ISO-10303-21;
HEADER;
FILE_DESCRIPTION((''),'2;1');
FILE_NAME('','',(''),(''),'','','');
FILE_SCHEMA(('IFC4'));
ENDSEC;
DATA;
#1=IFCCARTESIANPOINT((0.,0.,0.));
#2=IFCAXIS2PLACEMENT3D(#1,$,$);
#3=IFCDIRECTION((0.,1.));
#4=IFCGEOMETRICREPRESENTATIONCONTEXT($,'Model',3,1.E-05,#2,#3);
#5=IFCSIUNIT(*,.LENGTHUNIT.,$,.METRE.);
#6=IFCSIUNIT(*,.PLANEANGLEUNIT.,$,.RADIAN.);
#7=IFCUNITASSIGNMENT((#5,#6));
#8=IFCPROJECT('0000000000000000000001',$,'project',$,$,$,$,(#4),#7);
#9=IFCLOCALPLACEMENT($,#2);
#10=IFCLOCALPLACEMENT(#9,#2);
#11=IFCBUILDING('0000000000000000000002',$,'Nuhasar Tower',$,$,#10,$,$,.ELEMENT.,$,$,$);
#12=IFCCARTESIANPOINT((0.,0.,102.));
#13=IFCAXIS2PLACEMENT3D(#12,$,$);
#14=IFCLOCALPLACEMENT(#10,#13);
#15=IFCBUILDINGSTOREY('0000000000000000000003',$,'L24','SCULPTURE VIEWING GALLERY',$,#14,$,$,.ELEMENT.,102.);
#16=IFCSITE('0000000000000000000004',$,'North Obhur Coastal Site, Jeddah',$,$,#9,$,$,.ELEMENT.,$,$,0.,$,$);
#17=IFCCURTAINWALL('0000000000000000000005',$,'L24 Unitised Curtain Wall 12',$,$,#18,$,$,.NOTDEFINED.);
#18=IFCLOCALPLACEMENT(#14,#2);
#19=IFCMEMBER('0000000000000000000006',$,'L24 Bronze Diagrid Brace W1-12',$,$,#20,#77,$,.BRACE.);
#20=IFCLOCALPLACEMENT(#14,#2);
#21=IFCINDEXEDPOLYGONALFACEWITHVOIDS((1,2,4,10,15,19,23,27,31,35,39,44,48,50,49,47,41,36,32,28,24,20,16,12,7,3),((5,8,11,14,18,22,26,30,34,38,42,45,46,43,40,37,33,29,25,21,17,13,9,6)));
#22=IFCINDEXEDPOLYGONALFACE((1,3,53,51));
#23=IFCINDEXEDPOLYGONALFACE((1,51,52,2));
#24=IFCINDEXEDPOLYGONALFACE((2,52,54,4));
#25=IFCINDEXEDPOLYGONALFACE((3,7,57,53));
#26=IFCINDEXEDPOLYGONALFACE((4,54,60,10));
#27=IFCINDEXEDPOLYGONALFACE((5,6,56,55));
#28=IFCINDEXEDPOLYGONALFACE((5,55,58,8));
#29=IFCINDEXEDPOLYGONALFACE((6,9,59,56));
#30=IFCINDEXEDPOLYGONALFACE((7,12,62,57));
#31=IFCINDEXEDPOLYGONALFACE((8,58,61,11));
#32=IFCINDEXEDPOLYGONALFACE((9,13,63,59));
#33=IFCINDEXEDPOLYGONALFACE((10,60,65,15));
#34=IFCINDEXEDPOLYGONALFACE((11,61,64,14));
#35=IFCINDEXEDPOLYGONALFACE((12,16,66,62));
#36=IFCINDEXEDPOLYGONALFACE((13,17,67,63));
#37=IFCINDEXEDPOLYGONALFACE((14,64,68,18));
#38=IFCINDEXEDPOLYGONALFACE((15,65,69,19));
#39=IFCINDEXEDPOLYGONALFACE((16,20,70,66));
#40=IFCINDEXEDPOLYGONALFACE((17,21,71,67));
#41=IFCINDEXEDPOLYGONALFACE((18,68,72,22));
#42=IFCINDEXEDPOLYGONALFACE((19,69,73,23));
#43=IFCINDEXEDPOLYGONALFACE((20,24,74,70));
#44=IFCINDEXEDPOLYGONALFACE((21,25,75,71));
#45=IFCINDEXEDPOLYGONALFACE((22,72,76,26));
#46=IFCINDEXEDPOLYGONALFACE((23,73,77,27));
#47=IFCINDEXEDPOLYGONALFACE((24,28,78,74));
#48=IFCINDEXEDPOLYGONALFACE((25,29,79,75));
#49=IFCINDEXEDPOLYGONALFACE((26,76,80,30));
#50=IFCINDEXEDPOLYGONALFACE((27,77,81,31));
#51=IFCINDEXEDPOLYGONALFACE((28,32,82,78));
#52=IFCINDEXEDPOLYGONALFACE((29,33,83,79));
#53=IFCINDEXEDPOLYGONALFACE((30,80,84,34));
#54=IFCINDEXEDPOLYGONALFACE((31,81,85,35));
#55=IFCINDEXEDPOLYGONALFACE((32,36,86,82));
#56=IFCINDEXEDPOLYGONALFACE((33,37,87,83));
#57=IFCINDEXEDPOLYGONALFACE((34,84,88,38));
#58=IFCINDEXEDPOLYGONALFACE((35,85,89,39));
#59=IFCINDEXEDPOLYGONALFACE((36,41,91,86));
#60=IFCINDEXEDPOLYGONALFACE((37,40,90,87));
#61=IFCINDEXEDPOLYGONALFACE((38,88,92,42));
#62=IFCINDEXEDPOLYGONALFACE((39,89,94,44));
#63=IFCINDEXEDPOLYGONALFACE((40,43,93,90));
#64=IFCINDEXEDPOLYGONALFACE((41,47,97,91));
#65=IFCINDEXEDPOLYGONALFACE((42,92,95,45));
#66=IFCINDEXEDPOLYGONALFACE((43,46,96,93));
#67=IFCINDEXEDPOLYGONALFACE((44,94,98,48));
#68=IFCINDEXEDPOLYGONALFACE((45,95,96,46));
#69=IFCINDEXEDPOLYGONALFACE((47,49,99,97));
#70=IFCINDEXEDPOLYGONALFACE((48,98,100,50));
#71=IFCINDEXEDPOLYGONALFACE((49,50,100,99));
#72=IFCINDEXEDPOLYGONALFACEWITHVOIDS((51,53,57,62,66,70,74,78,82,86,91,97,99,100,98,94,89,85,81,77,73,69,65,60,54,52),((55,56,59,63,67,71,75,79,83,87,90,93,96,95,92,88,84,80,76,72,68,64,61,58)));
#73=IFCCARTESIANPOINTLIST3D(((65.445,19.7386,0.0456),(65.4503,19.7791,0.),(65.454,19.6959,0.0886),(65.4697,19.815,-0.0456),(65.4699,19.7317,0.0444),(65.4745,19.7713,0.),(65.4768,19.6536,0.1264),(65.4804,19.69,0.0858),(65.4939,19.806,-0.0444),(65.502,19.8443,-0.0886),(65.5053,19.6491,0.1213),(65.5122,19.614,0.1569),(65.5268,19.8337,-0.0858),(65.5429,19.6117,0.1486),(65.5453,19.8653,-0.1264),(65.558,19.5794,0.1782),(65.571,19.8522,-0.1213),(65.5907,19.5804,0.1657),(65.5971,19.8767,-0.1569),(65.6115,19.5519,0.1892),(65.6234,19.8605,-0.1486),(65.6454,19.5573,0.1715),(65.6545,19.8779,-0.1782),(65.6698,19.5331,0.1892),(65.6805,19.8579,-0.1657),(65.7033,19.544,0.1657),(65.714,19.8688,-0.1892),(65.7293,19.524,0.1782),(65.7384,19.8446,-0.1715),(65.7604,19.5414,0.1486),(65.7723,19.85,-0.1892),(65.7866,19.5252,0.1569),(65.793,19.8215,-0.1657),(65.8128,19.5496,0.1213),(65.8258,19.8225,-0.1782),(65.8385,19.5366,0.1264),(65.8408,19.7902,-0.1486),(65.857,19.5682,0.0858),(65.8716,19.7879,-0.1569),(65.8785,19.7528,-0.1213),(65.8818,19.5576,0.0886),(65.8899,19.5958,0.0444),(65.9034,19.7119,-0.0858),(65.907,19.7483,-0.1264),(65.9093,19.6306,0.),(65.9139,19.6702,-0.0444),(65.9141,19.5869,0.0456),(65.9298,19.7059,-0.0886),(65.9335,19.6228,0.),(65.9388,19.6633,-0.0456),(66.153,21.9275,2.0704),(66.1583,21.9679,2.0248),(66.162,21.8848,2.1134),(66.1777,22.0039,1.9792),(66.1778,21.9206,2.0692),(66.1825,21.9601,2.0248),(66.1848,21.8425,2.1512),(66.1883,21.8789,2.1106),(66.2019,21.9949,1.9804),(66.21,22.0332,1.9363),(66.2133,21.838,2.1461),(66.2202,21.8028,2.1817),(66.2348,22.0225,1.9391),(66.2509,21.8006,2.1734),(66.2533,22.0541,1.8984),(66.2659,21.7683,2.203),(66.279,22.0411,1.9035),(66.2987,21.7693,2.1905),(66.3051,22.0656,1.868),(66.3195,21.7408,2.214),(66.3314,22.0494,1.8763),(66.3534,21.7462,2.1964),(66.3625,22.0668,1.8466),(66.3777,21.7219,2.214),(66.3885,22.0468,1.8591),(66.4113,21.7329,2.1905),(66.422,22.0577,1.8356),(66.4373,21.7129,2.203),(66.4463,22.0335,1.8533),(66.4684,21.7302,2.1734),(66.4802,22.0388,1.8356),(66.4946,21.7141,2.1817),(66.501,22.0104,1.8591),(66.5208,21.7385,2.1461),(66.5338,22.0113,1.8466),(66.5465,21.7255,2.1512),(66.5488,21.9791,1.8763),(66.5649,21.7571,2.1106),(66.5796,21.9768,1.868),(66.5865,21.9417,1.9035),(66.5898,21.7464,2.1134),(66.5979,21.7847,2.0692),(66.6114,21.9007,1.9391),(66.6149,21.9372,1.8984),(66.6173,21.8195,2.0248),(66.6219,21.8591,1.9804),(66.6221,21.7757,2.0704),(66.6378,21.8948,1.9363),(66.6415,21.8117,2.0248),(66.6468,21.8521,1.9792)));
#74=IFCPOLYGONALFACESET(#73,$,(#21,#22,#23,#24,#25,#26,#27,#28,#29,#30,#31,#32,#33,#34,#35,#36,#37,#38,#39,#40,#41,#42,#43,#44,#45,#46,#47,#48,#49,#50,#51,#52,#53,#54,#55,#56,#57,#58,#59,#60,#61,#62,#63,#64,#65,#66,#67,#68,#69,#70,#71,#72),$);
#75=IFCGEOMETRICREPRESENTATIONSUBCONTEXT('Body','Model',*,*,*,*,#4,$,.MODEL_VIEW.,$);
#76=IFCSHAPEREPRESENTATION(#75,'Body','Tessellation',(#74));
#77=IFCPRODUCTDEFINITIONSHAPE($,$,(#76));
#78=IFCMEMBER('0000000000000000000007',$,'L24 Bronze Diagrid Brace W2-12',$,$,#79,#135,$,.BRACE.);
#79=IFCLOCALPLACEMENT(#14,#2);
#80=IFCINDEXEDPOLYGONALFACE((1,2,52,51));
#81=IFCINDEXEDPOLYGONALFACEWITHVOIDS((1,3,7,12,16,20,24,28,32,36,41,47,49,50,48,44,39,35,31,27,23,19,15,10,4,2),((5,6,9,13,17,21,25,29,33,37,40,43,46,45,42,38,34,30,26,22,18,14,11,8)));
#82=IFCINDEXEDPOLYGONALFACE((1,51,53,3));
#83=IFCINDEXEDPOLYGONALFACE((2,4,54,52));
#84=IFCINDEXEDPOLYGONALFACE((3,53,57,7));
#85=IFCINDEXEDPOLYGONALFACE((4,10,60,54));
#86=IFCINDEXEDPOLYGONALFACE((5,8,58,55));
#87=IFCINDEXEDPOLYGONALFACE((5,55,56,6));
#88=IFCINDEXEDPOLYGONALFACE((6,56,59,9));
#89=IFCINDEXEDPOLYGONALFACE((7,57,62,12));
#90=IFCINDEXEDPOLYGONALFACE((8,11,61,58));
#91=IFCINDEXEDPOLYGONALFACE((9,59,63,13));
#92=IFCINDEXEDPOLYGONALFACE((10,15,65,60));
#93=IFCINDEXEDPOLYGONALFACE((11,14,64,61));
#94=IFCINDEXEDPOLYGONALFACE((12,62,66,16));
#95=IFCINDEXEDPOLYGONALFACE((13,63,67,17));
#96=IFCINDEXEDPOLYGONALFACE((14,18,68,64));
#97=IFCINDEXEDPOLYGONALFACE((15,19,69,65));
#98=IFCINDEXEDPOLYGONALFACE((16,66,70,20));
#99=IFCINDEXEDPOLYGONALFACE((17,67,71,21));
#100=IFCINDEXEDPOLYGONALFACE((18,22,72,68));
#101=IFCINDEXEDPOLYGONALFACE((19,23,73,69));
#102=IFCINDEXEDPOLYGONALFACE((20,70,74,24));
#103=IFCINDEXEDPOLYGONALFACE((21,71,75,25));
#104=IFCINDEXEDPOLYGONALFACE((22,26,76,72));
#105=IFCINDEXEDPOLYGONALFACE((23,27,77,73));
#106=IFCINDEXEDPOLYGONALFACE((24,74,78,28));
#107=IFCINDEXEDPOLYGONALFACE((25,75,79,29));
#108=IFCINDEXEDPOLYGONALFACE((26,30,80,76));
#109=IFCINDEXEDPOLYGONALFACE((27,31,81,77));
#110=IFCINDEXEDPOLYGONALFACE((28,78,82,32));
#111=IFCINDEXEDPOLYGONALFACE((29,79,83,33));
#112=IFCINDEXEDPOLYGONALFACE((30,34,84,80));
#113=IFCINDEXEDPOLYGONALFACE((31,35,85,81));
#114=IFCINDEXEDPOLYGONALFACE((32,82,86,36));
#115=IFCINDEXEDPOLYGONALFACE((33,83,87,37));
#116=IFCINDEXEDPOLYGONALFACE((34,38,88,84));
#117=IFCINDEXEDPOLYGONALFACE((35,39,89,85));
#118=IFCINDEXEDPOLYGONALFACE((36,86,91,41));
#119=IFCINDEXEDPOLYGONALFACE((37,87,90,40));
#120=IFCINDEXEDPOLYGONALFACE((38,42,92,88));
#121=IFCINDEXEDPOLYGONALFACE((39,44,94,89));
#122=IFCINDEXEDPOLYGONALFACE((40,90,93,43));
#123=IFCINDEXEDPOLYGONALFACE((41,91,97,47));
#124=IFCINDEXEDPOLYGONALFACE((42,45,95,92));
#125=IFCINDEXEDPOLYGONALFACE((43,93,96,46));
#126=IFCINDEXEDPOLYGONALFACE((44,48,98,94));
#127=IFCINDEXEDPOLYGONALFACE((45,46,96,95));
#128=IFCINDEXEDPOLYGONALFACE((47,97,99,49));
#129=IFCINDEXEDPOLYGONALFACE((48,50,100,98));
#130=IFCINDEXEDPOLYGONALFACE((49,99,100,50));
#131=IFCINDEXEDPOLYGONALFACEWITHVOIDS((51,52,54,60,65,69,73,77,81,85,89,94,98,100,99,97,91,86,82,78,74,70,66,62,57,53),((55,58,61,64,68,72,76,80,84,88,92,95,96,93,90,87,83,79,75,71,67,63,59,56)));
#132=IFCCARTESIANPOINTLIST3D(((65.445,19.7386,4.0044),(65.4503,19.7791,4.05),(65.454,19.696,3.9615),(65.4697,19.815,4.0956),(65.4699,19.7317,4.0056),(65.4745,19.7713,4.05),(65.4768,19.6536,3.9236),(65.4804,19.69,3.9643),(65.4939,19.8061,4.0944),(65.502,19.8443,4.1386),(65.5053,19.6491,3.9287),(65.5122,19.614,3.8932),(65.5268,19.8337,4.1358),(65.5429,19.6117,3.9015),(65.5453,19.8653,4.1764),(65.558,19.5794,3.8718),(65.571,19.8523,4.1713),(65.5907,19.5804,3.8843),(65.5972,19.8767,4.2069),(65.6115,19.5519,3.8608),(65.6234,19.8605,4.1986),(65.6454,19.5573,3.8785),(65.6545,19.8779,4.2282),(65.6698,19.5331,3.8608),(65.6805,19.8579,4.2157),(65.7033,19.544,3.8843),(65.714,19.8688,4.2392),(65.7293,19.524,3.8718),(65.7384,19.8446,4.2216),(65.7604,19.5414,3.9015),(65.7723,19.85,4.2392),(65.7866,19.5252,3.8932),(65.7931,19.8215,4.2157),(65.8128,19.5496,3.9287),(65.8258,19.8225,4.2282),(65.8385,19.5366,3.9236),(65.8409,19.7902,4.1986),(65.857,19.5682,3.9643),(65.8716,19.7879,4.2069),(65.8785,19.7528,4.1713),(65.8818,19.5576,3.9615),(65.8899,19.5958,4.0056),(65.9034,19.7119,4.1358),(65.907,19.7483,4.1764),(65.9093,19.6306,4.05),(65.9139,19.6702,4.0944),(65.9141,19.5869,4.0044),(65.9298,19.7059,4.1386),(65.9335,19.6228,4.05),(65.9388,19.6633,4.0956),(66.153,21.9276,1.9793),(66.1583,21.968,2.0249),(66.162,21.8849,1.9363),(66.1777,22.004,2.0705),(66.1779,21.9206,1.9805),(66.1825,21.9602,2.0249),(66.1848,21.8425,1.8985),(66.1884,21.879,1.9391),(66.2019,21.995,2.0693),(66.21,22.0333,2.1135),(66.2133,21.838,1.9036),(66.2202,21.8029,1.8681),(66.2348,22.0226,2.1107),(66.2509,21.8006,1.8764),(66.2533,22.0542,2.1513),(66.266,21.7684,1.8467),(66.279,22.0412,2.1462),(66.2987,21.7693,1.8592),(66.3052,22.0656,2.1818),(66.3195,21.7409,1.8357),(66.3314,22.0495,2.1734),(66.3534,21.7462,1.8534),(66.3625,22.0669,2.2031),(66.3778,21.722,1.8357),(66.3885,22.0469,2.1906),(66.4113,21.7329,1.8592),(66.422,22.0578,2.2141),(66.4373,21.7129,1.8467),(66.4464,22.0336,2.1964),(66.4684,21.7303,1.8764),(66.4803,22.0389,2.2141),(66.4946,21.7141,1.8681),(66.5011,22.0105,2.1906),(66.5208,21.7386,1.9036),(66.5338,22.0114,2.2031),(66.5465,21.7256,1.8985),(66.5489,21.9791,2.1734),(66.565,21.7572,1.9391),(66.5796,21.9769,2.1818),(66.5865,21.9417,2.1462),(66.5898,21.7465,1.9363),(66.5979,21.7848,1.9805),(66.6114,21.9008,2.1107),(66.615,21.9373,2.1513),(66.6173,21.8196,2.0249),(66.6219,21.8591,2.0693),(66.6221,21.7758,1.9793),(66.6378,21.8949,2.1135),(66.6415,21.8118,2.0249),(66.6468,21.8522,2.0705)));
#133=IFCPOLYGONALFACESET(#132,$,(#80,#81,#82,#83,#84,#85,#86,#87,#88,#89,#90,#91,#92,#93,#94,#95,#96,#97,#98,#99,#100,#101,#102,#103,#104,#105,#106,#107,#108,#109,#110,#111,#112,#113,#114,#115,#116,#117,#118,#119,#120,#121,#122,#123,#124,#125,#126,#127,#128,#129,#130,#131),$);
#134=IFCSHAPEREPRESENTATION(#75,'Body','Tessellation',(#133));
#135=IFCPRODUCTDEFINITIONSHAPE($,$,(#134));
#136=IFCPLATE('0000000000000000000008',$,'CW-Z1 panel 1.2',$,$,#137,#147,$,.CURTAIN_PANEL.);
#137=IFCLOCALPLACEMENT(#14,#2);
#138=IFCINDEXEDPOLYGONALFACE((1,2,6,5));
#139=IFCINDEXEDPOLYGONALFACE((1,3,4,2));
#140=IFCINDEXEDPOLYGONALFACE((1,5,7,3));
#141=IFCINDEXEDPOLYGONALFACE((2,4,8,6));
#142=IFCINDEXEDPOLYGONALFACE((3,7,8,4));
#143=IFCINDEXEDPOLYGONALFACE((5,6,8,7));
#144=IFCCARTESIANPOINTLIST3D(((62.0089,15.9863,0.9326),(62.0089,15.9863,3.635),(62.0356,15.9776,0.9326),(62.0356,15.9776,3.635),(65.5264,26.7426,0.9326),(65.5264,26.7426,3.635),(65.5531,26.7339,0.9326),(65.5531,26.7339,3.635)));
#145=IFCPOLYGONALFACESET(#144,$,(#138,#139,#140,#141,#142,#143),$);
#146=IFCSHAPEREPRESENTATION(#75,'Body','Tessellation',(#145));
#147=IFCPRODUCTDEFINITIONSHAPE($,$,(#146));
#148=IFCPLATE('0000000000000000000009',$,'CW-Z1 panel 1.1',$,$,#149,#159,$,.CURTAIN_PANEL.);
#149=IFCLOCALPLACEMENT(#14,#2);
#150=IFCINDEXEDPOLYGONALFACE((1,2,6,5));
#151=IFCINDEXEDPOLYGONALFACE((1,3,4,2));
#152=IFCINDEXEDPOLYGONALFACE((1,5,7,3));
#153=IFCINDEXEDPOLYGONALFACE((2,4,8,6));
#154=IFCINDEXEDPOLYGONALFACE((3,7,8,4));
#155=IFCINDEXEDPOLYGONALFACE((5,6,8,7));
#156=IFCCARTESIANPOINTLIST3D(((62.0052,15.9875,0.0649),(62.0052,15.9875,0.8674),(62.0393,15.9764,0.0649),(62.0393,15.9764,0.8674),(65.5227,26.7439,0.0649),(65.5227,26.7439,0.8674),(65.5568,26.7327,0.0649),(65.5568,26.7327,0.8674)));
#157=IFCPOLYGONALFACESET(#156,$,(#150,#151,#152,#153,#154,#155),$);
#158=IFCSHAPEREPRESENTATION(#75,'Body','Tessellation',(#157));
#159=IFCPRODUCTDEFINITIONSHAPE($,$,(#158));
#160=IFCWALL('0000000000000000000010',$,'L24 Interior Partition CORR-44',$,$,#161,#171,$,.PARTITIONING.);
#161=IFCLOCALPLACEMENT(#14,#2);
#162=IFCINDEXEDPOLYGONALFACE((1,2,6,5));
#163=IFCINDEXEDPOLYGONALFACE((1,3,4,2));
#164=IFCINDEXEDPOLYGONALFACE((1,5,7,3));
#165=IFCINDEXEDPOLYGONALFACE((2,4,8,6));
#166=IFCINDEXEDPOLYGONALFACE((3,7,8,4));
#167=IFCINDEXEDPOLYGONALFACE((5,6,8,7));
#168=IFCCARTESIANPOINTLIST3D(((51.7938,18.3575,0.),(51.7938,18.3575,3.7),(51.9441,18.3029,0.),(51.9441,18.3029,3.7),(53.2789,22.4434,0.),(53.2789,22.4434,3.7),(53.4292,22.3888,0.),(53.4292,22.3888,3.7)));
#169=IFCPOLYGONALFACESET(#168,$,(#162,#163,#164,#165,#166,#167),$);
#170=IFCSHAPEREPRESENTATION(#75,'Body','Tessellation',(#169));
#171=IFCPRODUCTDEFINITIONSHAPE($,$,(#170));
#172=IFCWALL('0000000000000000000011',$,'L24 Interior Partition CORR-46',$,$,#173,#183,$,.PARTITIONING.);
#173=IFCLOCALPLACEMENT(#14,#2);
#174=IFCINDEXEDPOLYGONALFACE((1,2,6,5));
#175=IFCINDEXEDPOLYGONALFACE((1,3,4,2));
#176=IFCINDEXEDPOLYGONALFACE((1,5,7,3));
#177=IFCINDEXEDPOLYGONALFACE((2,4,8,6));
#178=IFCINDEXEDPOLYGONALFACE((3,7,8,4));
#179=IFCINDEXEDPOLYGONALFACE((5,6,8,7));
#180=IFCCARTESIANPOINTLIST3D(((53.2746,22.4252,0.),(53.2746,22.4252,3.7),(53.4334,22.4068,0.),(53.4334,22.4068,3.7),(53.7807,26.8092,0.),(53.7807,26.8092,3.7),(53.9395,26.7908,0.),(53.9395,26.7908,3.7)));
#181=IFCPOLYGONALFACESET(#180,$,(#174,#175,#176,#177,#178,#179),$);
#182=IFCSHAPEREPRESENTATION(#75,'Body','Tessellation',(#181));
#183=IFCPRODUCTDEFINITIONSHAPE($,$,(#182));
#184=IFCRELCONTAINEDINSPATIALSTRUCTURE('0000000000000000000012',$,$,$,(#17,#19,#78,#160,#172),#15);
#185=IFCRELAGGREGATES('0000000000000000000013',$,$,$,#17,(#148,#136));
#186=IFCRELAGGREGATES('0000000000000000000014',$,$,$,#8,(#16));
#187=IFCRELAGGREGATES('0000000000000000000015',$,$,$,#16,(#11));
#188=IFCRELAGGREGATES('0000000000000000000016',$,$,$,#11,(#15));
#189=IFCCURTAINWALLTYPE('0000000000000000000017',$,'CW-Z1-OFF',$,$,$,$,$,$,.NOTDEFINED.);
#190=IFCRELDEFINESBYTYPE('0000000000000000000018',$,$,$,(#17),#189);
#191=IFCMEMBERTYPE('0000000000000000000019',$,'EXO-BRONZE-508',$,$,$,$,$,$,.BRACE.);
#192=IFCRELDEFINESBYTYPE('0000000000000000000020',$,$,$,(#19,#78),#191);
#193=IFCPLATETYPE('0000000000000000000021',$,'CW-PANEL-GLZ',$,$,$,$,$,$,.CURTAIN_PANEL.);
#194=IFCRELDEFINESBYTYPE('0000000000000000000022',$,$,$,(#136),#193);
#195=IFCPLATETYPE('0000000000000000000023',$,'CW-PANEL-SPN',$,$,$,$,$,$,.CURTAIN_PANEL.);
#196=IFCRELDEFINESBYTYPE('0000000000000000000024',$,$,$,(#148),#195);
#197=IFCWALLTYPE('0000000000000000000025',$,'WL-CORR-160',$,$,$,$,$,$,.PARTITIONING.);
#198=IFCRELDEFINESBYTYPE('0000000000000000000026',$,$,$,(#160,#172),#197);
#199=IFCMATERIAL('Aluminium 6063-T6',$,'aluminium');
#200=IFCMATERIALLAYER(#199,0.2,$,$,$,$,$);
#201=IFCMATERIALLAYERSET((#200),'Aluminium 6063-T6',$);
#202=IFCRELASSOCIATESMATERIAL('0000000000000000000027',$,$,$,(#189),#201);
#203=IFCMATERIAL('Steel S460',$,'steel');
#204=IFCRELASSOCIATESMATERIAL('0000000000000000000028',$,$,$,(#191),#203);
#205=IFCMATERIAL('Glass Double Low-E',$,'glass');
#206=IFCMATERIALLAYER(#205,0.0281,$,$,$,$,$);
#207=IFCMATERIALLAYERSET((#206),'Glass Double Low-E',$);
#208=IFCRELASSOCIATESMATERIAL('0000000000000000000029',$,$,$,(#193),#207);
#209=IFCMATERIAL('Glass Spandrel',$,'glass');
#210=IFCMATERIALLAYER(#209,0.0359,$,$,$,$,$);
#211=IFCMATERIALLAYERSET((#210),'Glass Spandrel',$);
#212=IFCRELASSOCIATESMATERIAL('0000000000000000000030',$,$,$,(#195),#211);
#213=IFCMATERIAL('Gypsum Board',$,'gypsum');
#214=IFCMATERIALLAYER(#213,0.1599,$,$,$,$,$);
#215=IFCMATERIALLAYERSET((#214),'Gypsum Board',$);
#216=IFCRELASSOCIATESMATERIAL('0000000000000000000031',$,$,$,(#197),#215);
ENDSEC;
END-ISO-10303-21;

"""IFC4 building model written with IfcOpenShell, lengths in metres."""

from ifc_helpers import new_model, si_unit, direction, frame, frame_2d, origin, origin_2d, place, context, subcontext, project, spatial, rectangle, hollow_circle, extrude, material, layer, layer_set, material_profile, profile_set, type_object, element, aggregate, save


model = new_model("IFC4")

# Units and contexts
model_context = context("Model", 3, precision=1e-05, world=origin(), true_north=direction((0.0, 1.0)))
body_context = subcontext(model_context, "Body", "Model", "MODEL_VIEW")
ifc_project = project(units=[si_unit("LENGTHUNIT", "METRE"), si_unit("PLANEANGLEUNIT", "RADIAN")], contexts=[model_context])

# Site, building, storey
site_placement = place(None, origin())
site = spatial("IfcSite", under=ifc_project, at=site_placement, Name="North Obhur Coastal Site, Jeddah", CompositionType="ELEMENT", RefElevation=0.0)
building_placement = place(site_placement, origin())
building = spatial("IfcBuilding", under=site, at=building_placement, Name="Nuhasar Tower", CompositionType="ELEMENT")
storey_placement = place(building_placement, frame((0.0, 0.0, 102.0)))
storey = spatial("IfcBuildingStorey", under=building, at=storey_placement, Name="L24", Description="SCULPTURE VIEWING GALLERY", CompositionType="ELEMENT", Elevation=102.0)

# Curtain wall
ifc_material_1 = material(Name="Aluminium 6063-T6", Category="aluminium")
ifc_layer_1 = layer(ifc_material_1, 0.2)
ifc_layer_set_1 = layer_set([ifc_layer_1], Name="Aluminium 6063-T6")
curtain_wall_type = type_object("IfcCurtainWallType", Name="CW-Z1-OFF", PredefinedType="NOTDEFINED", material=ifc_layer_set_1)
curtain_wall_placement = place(storey_placement, origin())
curtain_wall = element("IfcCurtainWall", 1, at=curtain_wall_placement, inside=storey, type_object=curtain_wall_type, Name="L24 Unitised Curtain Wall 12", PredefinedType="NOTDEFINED")

# Members
ifc_material_2 = material(Name="Steel S460", Category="steel")
ifc_material_profile_1 = material_profile(ifc_material_2, hollow_circle(Radius=0.2539, WallThickness=0.0254, at=origin_2d()), Name="HSS508X25.4")
ifc_profile_set_1 = profile_set([ifc_material_profile_1], Name="Steel S460")
member_type_1 = type_object("IfcMemberType", Name="EXO-BRONZE-508", PredefinedType="BRACE", material=ifc_profile_set_1)
member_1_placement = place(storey_placement, frame((65.6919, 19.7009, 0.0), z_axis=(0.231012, 0.714225, 0.660694), x_axis=(-0.951468, 0.307747, 0.0)))
element("IfcMember", 2, at=member_1_placement, inside=storey, type_object=member_type_1, Name="L24 Bronze Diagrid Brace W1-12", PredefinedType="BRACE", context=body_context, shape_type="SweptSolid", body=[
    extrude(hollow_circle(Radius=0.2539, WallThickness=0.0254, at=origin_2d()), origin(), (0.0, 0.0, 1.0), 3.0647),
])
member_2_placement = place(storey_placement, frame((66.3999, 21.8899, 2.0249), z_axis=(-0.231, -0.714187, 0.660739), x_axis=(0.951468, -0.307747, 0.0)))
element("IfcMember", 3, at=member_2_placement, inside=storey, type_object=member_type_1, Name="L24 Bronze Diagrid Brace W2-12", PredefinedType="BRACE", context=body_context, shape_type="SweptSolid", body=[
    extrude(hollow_circle(Radius=0.2539, WallThickness=0.0254, at=origin_2d()), origin(), (0.0, 0.0, 1.0), 3.0649),
])

# Plates
ifc_material_3 = material(Name="Glass Double Low-E", Category="glass")
ifc_layer_2 = layer(ifc_material_3, 0.0281)
ifc_layer_set_2 = layer_set([ifc_layer_2], Name="Glass Double Low-E")
plate_type_1 = type_object("IfcPlateType", Name="CW-PANEL-GLZ", PredefinedType="CURTAIN_PANEL", material=ifc_layer_set_2)
plate_1_placement = place(storey_placement, frame((63.781, 21.3601, 0.9326), z_axis=(0.0, 0.0, 1.0), x_axis=(0.310824, 0.950468, 0.0)))
plate_1 = element("IfcPlate", 4, at=plate_1_placement, type_object=plate_type_1, Name="CW-Z1 panel 1.2", PredefinedType="CURTAIN_PANEL", context=body_context, shape_type="SweptSolid", body=[
    extrude(rectangle(XDim=11.3169, YDim=0.0281, at=origin_2d()), origin(), (0.0, 0.0, 1.0), 2.7024),
])
ifc_material_4 = material(Name="Glass Spandrel", Category="glass")
ifc_layer_3 = layer(ifc_material_4, 0.0359)
ifc_layer_set_3 = layer_set([ifc_layer_3], Name="Glass Spandrel")
plate_type_2 = type_object("IfcPlateType", Name="CW-PANEL-SPN", PredefinedType="CURTAIN_PANEL", material=ifc_layer_set_3)
plate_2_placement = place(storey_placement, frame((63.781, 21.3601, 0.0649), z_axis=(0.0, 0.0, 1.0), x_axis=(0.310824, 0.950468, 0.0)))
plate_2 = element("IfcPlate", 5, at=plate_2_placement, type_object=plate_type_2, Name="CW-Z1 panel 1.1", PredefinedType="CURTAIN_PANEL", context=body_context, shape_type="SweptSolid", body=[
    extrude(rectangle(XDim=11.3169, YDim=0.0359, at=origin_2d()), origin(), (0.0, 0.0, 1.0), 0.8025),
])
aggregate(curtain_wall, [plate_2, plate_1])

# Walls
ifc_material_5 = material(Name="Gypsum Board", Category="gypsum")
ifc_layer_4 = layer(ifc_material_5, 0.1599)
ifc_layer_set_4 = layer_set([ifc_layer_4], Name="Gypsum Board")
wall_type_1 = type_object("IfcWallType", Name="WL-CORR-160", PredefinedType="PARTITIONING", material=ifc_layer_set_4)
wall_1_placement = place(storey_placement, frame((51.8689, 18.3301, 0.0), z_axis=(0.0, 0.0, 1.0), x_axis=(0.341603, 0.939844, 0.0)))
element("IfcWall", 6, at=wall_1_placement, inside=storey, type_object=wall_type_1, Name="L24 Interior Partition CORR-44", PredefinedType="PARTITIONING", context=body_context, shape_type="SweptSolid", body=[
    extrude(rectangle(XDim=4.3474, YDim=0.1599, at=frame_2d((2.1738, 0.0))), origin(), (0.0, 0.0, 1.0), 3.7),
])
wall_2_placement = place(storey_placement, frame((53.354, 22.416, 0.0), z_axis=(0.0, 0.0, 1.0), x_axis=(0.114681, 0.993402, 0.0)))
element("IfcWall", 7, at=wall_2_placement, inside=storey, type_object=wall_type_1, Name="L24 Interior Partition CORR-46", PredefinedType="PARTITIONING", context=body_context, shape_type="SweptSolid", body=[
    extrude(rectangle(XDim=4.4131, YDim=0.1599, at=frame_2d((2.2065, 0.0))), origin(), (0.0, 0.0, 1.0), 3.7),
])

save(model, "model.ifc")
